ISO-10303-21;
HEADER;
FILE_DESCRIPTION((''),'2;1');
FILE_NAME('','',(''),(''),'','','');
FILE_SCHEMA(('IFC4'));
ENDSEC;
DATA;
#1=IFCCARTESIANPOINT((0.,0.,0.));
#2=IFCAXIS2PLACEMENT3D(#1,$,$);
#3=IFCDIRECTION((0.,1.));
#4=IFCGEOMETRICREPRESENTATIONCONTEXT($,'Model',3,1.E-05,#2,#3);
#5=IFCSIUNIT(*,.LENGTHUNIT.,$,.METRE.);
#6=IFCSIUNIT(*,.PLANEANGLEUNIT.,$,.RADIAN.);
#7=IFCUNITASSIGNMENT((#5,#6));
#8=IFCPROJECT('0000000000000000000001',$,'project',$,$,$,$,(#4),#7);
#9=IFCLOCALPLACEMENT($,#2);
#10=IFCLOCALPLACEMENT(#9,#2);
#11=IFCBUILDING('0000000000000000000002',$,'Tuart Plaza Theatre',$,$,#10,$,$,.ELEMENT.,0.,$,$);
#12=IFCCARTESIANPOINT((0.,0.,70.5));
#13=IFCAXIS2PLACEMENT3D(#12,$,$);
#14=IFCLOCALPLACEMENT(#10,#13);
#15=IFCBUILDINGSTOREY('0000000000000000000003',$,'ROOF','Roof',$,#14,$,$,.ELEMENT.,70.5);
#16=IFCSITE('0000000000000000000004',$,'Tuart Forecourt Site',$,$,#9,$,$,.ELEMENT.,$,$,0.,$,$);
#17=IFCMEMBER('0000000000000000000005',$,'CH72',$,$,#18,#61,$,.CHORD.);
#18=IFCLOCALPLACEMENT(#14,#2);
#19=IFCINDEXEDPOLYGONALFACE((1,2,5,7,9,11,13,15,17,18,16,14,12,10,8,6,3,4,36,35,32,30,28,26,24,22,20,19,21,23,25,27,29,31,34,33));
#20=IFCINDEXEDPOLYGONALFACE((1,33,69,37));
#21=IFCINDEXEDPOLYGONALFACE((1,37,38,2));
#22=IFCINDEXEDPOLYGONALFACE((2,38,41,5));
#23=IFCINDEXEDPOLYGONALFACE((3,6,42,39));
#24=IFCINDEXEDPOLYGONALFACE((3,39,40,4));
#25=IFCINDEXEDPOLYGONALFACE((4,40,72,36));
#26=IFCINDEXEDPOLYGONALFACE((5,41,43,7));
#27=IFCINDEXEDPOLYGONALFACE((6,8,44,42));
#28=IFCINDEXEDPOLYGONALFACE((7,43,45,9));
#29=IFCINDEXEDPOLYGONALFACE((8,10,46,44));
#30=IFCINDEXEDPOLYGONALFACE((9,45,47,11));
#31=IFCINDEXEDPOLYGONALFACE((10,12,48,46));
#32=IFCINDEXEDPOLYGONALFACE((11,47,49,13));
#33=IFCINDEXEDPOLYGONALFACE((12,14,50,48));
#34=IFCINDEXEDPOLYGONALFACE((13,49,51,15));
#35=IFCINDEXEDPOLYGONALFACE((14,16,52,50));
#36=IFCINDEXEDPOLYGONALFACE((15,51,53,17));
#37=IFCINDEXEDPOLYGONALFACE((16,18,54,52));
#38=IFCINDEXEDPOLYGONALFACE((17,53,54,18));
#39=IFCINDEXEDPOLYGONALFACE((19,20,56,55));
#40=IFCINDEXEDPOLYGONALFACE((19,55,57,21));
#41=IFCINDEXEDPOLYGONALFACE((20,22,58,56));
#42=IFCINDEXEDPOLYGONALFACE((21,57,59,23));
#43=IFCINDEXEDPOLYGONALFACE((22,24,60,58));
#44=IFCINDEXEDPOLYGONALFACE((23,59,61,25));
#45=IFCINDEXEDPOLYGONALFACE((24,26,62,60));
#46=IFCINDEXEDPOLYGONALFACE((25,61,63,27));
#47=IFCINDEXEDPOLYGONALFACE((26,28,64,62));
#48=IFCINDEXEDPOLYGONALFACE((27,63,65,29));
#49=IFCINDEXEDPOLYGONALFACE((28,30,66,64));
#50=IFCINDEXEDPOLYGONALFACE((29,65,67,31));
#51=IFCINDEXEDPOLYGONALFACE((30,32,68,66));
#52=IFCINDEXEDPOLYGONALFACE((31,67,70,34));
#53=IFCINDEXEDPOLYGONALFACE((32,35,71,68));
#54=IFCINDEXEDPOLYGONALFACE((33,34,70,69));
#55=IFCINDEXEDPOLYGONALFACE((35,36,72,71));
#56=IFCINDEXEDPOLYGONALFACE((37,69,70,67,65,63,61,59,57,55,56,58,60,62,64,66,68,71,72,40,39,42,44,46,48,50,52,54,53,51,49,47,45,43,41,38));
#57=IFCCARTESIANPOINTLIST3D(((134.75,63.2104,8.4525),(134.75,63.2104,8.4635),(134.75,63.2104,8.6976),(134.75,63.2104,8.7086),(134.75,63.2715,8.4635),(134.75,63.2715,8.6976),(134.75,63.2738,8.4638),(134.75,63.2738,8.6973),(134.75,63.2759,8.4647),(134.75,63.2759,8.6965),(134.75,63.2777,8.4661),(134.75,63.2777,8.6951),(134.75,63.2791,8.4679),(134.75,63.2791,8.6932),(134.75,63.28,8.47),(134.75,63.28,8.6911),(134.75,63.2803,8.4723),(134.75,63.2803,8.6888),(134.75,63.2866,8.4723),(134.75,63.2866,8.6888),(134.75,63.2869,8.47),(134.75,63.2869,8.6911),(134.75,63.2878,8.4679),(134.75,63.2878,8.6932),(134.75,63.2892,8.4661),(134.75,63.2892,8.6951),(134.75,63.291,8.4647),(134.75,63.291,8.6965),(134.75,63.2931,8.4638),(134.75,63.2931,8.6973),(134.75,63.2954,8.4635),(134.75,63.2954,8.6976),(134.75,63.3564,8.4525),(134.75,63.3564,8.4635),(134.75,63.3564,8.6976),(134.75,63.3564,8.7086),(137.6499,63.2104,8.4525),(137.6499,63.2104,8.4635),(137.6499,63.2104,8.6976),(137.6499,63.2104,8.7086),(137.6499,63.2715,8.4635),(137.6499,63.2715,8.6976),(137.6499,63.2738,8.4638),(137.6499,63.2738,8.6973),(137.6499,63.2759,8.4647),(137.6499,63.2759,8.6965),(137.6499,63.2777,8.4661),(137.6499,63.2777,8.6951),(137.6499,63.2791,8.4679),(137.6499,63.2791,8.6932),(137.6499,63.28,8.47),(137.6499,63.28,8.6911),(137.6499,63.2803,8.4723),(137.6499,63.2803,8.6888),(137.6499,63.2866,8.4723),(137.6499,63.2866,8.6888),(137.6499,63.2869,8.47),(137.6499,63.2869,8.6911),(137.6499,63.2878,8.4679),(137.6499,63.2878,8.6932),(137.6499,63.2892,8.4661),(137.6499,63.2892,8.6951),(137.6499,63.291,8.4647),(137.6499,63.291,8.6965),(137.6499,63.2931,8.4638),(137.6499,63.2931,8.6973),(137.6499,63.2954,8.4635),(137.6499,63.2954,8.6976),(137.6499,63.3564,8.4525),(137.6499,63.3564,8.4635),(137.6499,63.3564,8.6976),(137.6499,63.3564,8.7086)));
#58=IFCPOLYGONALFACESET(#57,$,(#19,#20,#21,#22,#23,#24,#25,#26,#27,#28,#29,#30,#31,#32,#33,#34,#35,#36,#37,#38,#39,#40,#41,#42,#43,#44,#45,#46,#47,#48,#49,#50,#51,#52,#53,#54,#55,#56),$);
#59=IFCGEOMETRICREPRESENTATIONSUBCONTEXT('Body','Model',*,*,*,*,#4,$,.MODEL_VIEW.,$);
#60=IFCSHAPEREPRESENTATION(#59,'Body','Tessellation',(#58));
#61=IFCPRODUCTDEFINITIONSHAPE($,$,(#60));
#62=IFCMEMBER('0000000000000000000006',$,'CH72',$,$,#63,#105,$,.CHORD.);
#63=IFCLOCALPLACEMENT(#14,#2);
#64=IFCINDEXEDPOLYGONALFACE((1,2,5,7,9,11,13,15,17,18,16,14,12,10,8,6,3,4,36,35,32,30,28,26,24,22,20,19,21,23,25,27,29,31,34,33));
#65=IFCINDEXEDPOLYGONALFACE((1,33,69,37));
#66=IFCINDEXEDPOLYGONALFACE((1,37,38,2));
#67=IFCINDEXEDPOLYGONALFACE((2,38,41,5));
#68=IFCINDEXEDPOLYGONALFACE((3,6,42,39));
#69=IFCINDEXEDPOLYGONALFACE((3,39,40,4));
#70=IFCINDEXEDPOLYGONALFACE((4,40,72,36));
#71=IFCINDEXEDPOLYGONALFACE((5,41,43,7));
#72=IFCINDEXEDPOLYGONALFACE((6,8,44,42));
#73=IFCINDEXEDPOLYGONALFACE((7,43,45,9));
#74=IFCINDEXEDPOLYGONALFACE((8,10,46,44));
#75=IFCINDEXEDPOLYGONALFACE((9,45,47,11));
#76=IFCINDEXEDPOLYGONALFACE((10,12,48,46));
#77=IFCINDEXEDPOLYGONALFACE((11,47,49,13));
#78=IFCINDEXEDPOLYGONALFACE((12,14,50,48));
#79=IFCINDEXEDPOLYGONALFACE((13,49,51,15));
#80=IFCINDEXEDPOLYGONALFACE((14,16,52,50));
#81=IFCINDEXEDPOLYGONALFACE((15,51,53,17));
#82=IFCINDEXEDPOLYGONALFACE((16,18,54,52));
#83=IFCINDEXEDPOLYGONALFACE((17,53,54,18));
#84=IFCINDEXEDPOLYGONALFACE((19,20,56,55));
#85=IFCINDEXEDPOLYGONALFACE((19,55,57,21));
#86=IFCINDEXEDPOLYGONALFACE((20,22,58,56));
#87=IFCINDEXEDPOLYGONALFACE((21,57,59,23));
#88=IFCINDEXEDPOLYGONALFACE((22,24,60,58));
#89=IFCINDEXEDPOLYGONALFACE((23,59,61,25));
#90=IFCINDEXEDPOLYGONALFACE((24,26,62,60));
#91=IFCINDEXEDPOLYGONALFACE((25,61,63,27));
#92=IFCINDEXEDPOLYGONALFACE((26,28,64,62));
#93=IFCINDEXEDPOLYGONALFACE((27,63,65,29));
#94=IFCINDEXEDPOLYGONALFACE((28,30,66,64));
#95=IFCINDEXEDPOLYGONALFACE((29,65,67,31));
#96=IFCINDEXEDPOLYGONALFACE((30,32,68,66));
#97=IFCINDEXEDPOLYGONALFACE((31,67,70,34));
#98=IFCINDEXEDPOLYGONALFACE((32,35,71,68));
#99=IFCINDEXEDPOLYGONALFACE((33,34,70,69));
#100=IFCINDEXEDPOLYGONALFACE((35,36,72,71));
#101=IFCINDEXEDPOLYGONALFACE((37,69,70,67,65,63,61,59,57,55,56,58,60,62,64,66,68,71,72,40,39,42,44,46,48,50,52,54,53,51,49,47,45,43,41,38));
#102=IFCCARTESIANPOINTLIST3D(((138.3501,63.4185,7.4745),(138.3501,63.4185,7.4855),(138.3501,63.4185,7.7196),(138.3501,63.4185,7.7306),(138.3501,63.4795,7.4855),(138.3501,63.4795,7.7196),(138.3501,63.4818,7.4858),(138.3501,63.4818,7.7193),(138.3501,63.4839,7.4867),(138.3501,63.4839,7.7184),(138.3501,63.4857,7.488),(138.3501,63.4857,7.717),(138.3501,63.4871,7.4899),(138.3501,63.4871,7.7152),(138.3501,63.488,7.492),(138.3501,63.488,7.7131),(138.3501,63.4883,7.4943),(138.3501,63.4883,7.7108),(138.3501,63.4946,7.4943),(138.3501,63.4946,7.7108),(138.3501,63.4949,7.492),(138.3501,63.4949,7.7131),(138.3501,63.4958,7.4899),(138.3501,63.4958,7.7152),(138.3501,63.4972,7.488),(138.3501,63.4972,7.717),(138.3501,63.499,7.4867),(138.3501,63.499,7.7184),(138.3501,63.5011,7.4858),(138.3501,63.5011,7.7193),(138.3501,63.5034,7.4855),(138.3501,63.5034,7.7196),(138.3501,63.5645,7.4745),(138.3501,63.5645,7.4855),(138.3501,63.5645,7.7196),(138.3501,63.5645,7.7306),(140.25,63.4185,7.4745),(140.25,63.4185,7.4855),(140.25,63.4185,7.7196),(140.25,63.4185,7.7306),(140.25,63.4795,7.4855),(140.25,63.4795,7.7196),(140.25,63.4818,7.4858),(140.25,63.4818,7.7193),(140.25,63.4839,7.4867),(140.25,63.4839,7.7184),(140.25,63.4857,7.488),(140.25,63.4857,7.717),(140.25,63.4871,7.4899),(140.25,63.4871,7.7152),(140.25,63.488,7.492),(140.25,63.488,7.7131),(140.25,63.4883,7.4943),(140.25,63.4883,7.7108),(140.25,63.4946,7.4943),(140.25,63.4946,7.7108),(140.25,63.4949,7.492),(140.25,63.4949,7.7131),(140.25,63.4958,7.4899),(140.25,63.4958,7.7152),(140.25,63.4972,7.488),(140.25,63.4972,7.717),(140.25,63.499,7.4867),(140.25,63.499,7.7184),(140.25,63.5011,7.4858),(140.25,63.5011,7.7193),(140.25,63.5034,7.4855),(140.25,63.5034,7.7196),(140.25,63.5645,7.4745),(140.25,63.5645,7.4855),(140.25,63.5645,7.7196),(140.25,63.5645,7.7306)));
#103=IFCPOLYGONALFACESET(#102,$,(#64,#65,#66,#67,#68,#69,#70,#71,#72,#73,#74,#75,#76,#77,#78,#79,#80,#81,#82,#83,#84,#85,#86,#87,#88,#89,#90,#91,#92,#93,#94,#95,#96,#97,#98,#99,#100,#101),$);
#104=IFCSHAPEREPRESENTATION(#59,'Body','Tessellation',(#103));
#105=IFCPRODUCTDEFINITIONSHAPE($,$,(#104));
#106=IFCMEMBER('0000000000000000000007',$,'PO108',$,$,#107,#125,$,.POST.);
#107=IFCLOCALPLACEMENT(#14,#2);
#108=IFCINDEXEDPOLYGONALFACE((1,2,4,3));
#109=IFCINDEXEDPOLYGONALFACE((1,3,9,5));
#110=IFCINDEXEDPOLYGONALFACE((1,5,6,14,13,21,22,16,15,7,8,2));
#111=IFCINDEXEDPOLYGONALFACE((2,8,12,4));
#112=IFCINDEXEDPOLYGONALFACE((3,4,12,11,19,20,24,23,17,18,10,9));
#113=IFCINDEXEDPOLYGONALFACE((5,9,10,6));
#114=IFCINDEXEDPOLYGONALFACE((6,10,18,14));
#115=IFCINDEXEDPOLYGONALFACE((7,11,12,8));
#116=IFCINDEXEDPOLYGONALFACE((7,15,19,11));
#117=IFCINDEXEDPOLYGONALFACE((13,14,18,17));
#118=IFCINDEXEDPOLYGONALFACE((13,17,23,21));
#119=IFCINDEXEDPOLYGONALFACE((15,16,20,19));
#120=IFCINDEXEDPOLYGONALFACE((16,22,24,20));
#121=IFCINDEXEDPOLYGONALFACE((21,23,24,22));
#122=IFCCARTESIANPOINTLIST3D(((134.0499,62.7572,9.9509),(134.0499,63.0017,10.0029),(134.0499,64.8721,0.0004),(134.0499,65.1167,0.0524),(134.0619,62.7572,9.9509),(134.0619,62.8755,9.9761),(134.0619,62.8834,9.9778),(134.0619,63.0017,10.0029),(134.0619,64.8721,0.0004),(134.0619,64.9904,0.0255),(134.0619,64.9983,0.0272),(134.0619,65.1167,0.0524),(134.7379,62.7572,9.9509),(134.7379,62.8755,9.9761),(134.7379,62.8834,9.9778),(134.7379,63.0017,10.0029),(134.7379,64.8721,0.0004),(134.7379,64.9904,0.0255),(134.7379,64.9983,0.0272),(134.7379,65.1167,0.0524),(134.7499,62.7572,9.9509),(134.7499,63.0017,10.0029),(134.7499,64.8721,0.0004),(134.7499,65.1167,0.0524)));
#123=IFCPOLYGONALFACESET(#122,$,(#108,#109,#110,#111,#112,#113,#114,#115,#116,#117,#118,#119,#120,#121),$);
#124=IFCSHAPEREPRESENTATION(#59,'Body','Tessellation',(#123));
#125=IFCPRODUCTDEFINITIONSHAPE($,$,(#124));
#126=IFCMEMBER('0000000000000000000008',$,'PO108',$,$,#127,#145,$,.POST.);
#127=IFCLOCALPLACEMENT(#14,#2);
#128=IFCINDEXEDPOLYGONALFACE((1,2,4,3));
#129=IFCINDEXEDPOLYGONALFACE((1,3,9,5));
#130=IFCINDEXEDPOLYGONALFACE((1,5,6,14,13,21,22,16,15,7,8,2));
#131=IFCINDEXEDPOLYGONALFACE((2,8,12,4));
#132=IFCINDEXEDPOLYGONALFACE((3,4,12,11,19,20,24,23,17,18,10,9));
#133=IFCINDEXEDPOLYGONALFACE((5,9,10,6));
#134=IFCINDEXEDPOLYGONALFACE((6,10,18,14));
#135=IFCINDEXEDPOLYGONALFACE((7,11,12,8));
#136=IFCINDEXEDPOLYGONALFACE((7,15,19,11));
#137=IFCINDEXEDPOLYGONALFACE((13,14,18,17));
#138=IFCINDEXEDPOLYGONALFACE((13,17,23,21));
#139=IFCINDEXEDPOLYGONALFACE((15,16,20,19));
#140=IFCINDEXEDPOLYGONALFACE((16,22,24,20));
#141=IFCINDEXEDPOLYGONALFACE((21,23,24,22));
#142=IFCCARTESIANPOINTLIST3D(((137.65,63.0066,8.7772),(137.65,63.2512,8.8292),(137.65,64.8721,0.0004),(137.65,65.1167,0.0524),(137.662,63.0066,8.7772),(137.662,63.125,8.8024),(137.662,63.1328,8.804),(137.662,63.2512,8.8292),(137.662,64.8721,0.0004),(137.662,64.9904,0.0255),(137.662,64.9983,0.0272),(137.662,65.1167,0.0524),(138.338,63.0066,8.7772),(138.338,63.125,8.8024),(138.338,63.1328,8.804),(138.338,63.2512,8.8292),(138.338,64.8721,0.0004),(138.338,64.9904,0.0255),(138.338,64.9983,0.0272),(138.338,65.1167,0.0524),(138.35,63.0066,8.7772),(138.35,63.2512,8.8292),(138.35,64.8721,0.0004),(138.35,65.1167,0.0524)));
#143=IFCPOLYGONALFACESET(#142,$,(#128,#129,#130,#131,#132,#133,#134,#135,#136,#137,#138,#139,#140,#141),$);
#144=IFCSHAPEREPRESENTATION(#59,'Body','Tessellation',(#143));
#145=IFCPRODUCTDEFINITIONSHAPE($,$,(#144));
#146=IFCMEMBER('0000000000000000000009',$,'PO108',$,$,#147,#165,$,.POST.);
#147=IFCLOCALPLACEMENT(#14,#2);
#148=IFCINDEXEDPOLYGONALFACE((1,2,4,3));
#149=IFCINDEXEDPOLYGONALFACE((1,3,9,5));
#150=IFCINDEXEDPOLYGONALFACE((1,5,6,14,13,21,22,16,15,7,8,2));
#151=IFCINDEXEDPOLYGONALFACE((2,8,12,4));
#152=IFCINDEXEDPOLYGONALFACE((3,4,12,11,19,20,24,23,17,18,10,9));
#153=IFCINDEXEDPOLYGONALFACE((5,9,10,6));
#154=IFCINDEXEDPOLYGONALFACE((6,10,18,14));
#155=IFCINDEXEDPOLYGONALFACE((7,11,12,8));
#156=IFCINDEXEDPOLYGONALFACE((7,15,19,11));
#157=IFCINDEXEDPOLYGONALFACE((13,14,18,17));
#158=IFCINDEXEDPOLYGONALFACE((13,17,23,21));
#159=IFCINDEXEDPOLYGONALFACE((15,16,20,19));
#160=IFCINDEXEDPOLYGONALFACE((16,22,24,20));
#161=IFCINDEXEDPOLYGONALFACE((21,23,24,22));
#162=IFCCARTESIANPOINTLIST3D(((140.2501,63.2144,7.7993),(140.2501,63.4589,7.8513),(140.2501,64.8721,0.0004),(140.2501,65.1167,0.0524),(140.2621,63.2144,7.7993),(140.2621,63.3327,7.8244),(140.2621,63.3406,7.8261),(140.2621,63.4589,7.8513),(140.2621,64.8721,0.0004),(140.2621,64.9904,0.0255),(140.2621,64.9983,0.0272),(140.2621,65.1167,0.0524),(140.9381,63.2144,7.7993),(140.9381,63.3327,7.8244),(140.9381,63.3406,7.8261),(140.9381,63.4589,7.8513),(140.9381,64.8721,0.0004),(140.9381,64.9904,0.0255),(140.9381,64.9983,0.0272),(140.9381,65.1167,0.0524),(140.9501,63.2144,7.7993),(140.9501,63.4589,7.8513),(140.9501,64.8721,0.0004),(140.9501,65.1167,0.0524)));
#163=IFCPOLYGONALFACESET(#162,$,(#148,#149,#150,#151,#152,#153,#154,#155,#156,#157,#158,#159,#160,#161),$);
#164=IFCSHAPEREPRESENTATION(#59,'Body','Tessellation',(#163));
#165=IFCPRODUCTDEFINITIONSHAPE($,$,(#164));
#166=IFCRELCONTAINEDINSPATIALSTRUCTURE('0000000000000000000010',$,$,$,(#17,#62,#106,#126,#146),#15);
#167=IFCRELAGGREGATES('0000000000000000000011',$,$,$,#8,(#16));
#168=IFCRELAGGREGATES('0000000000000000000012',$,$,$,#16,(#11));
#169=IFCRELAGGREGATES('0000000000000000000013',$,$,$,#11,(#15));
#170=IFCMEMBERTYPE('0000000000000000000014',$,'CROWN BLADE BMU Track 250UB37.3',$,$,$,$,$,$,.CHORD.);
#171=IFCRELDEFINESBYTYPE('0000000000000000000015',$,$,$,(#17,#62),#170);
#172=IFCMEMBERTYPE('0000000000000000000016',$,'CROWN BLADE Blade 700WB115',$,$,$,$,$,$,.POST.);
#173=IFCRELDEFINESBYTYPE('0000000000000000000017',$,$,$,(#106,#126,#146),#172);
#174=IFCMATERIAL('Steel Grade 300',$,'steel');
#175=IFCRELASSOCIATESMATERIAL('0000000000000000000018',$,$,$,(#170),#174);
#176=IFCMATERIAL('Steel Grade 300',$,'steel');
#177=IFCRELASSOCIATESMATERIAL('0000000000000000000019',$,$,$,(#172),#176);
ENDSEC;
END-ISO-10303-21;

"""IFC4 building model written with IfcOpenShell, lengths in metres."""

from ifc_helpers import new_model, si_unit, direction, frame, origin, origin_2d, place, context, subcontext, project, spatial, i_section, extrude, material, material_profile, profile_set, type_object, element, save


model = new_model("IFC4")

# Units and contexts
model_context = context("Model", 3, precision=1e-05, world=origin(), true_north=direction((0.0, 1.0)))
body_context = subcontext(model_context, "Body", "Model", "MODEL_VIEW")
ifc_project = project(units=[si_unit("LENGTHUNIT", "METRE"), si_unit("PLANEANGLEUNIT", "RADIAN")], contexts=[model_context])

# Site, building, storey
site_placement = place(None, origin())
site = spatial("IfcSite", under=ifc_project, at=site_placement, Name="Tuart Forecourt Site", CompositionType="ELEMENT", RefElevation=0.0)
building_placement = place(site_placement, origin())
building = spatial("IfcBuilding", under=site, at=building_placement, Name="Tuart Plaza Theatre", CompositionType="ELEMENT", ElevationOfRefHeight=0.0)
storey_placement = place(building_placement, frame((0.0, 0.0, 70.5)))
storey = spatial("IfcBuildingStorey", under=building, at=storey_placement, Name="ROOF", Description="Roof", CompositionType="ELEMENT", Elevation=70.5)

# Members
ifc_material_1 = material(Name="Steel Grade 300", Category="steel")
ifc_material_profile_1 = material_profile(ifc_material_1, i_section(OverallWidth=0.146, OverallDepth=0.2561, WebThickness=0.0063, FlangeThickness=0.011, FilletRadius=0.0088, at=origin_2d()), Name="250UB37.3")
ifc_profile_set_1 = profile_set([ifc_material_profile_1], Name="Steel Grade 300")
member_type_1 = type_object("IfcMemberType", Name="CROWN BLADE BMU Track 250UB37.3", PredefinedType="CHORD", material=ifc_profile_set_1)
member_1_placement = place(storey_placement, frame((134.75, 63.2834, 8.5806), z_axis=(1.0, 0.0, 0.0), x_axis=(0.0, 1.0, 0.0)))
element("IfcMember", 1, at=member_1_placement, inside=storey, type_object=member_type_1, Name="CH72", PredefinedType="CHORD", context=body_context, shape_type="SweptSolid", body=[
    extrude(i_section(OverallWidth=0.146, OverallDepth=0.2561, WebThickness=0.0063, FlangeThickness=0.011, FilletRadius=0.0088, at=origin_2d()), origin(), (0.0, 0.0, 1.0), 2.8999),
])
member_2_placement = place(storey_placement, frame((138.3501, 63.4915, 7.6025), z_axis=(1.0, 0.0, 0.0), x_axis=(0.0, 1.0, 0.0)))
element("IfcMember", 2, at=member_2_placement, inside=storey, type_object=member_type_1, Name="CH72", PredefinedType="CHORD", context=body_context, shape_type="SweptSolid", body=[
    extrude(i_section(OverallWidth=0.146, OverallDepth=0.2561, WebThickness=0.0063, FlangeThickness=0.011, FilletRadius=0.0088, at=origin_2d()), origin(), (0.0, 0.0, 1.0), 1.8999),
])
ifc_material_2 = material(Name="Steel Grade 300", Category="steel")
ifc_material_profile_2 = material_profile(ifc_material_2, i_section(OverallWidth=0.25, OverallDepth=0.7, WebThickness=0.0081, FlangeThickness=0.012, at=origin_2d()), Name="700WB115")
ifc_profile_set_2 = profile_set([ifc_material_profile_2], Name="Steel Grade 300")
member_type_2 = type_object("IfcMemberType", Name="CROWN BLADE Blade 700WB115", PredefinedType="POST", material=ifc_profile_set_2)
member_3_placement = place(storey_placement, frame((134.3999, 64.9944, 0.0264), z_axis=(0.0, -0.207903, 0.978149), x_axis=(0.0, 0.978149, 0.207903)))
element("IfcMember", 3, at=member_3_placement, inside=storey, type_object=member_type_2, Name="PO108", PredefinedType="POST", context=body_context, shape_type="SweptSolid", body=[
    extrude(i_section(OverallWidth=0.25, OverallDepth=0.7, WebThickness=0.0081, FlangeThickness=0.012, at=origin_2d()), origin(), (0.0, 0.0, 1.0), 10.1729),
])
member_4_placement = place(storey_placement, frame((138.0, 64.9944, 0.0264), z_axis=(0.0, -0.207901, 0.97815), x_axis=(0.0, 0.97815, 0.207901)))
element("IfcMember", 4, at=member_4_placement, inside=storey, type_object=member_type_2, Name="PO108", PredefinedType="POST", context=body_context, shape_type="SweptSolid", body=[
    extrude(i_section(OverallWidth=0.25, OverallDepth=0.7, WebThickness=0.0081, FlangeThickness=0.012, at=origin_2d()), origin(), (0.0, 0.0, 1.0), 8.9729),
])
member_5_placement = place(storey_placement, frame((140.6001, 64.9944, 0.0264), z_axis=(0.0, -0.207914, 0.978147), x_axis=(0.0, 0.978147, 0.207914)))
element("IfcMember", 5, at=member_5_placement, inside=storey, type_object=member_type_2, Name="PO108", PredefinedType="POST", context=body_context, shape_type="SweptSolid", body=[
    extrude(i_section(OverallWidth=0.25, OverallDepth=0.7, WebThickness=0.0081, FlangeThickness=0.012, at=origin_2d()), origin(), (0.0, 0.0, 1.0), 7.9731),
])

save(model, "model.ifc")
